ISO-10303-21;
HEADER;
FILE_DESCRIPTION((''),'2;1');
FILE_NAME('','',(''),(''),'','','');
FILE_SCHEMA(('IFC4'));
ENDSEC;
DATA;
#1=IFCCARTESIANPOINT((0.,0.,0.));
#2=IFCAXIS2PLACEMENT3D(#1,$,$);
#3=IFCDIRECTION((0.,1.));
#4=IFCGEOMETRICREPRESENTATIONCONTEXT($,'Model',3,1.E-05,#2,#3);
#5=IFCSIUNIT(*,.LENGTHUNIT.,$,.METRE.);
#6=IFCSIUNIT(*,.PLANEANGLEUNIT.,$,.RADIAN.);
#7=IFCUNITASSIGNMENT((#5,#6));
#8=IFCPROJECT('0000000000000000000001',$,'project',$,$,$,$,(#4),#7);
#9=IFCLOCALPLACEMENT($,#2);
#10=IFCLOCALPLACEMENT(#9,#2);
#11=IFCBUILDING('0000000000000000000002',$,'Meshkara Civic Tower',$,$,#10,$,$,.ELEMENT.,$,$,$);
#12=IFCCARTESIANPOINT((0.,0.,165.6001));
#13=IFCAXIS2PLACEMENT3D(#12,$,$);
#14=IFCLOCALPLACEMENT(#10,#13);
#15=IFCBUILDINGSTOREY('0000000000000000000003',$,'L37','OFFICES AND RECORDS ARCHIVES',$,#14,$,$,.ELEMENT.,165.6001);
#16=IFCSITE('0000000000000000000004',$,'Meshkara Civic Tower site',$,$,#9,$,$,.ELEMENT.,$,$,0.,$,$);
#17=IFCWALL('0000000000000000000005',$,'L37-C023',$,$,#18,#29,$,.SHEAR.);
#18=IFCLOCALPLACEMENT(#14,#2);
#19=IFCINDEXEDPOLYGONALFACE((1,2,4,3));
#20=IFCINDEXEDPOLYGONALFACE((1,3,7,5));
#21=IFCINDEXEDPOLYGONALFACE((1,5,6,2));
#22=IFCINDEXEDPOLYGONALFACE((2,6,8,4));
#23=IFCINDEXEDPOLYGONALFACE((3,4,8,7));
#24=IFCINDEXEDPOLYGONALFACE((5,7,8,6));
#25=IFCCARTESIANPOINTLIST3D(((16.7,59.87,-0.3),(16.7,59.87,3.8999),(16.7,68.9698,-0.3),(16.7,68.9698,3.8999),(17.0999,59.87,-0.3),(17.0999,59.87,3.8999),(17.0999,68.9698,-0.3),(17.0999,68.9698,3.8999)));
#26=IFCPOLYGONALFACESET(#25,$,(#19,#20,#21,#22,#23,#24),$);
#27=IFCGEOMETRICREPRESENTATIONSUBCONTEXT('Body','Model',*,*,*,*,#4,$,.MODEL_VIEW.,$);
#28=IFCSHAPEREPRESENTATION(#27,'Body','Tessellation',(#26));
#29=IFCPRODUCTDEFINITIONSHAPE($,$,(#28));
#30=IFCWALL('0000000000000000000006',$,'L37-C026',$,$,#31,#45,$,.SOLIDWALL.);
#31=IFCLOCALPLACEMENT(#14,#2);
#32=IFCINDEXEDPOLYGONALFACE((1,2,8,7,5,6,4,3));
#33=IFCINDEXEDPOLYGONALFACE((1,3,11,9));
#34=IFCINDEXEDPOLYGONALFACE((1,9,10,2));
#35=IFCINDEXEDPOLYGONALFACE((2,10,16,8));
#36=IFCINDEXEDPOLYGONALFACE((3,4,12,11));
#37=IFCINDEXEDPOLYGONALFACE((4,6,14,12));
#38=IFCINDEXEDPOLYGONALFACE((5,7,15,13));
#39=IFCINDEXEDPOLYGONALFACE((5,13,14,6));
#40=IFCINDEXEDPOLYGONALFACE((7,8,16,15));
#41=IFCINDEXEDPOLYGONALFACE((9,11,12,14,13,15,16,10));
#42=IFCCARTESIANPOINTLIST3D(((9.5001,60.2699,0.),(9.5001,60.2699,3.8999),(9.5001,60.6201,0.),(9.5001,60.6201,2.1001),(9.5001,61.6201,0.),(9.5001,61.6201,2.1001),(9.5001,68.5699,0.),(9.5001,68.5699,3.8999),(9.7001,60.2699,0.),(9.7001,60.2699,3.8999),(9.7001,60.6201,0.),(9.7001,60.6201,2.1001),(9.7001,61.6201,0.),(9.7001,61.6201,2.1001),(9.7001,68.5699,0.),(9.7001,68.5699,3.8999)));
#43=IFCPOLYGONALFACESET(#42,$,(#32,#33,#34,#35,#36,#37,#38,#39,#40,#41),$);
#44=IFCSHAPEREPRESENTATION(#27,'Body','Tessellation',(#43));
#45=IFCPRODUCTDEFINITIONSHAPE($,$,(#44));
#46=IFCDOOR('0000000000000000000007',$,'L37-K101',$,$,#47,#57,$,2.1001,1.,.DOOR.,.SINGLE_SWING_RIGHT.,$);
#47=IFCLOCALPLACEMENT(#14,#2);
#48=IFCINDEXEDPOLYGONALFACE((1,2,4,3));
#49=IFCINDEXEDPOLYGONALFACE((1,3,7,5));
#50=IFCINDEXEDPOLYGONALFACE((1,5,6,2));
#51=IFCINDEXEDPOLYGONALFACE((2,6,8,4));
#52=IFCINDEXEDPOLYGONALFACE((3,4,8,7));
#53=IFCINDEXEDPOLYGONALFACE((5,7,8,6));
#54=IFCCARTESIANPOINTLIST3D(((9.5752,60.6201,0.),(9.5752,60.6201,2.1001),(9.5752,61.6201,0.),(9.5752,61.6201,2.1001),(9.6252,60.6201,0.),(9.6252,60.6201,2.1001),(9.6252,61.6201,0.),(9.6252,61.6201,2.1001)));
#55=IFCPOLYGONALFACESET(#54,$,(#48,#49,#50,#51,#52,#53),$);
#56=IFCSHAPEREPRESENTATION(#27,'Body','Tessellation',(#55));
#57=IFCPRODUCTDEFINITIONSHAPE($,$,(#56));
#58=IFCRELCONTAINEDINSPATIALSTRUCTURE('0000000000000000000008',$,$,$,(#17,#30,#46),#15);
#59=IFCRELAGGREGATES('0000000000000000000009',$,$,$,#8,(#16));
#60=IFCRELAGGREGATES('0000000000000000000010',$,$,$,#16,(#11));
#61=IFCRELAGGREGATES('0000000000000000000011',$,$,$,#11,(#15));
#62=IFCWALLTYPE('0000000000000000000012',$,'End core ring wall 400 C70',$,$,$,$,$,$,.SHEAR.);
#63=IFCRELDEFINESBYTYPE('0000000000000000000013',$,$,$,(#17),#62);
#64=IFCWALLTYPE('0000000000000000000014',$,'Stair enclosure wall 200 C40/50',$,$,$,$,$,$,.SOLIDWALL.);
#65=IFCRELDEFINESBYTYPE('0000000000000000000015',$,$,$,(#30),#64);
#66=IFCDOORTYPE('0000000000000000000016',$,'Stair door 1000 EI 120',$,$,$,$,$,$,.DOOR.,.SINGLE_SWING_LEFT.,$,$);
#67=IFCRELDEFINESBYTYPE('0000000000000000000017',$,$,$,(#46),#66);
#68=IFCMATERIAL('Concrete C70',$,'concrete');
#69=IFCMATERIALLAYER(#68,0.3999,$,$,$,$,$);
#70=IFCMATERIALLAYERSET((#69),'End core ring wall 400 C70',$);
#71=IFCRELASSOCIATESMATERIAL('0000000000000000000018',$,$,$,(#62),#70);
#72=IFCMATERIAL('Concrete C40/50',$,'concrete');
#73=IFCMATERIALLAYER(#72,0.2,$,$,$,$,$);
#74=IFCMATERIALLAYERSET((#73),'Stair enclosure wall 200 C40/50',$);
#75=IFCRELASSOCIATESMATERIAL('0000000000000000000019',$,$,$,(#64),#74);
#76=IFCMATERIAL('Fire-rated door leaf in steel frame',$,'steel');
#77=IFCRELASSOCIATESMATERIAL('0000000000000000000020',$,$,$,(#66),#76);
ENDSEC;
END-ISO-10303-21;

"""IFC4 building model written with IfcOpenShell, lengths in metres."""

from ifc_helpers import new_model, si_unit, direction, frame, frame_2d, origin, place, context, subcontext, project, spatial, rectangle, extrude, material, layer, layer_set, type_object, element, fill, save


model = new_model("IFC4")

# Units and contexts
model_context = context("Model", 3, precision=1e-05, world=origin(), true_north=direction((0.0, 1.0)))
body_context = subcontext(model_context, "Body", "Model", "MODEL_VIEW")
ifc_project = project(units=[si_unit("LENGTHUNIT", "METRE"), si_unit("PLANEANGLEUNIT", "RADIAN")], contexts=[model_context])

# Site, building, storey
site_placement = place(None, origin())
site = spatial("IfcSite", under=ifc_project, at=site_placement, Name="Meshkara Civic Tower site", CompositionType="ELEMENT", RefElevation=0.0)
building_placement = place(site_placement, origin())
building = spatial("IfcBuilding", under=site, at=building_placement, Name="Meshkara Civic Tower", CompositionType="ELEMENT")
storey_placement = place(building_placement, frame((0.0, 0.0, 165.6001)))
storey = spatial("IfcBuildingStorey", under=building, at=storey_placement, Name="L37", Description="OFFICES AND RECORDS ARCHIVES", CompositionType="ELEMENT", Elevation=165.6001)

# Wall
ifc_material_1 = material(Name="Concrete C70", Category="concrete")
ifc_layer_1 = layer(ifc_material_1, 0.3999)
ifc_layer_set_1 = layer_set([ifc_layer_1], Name="End core ring wall 400 C70")
wall_type_1 = type_object("IfcWallType", Name="End core ring wall 400 C70", PredefinedType="SHEAR", material=ifc_layer_set_1)
wall_1_placement = place(storey_placement, frame((16.8999, 59.8701, -0.3), z_axis=(0.0, 0.0, 1.0), x_axis=(0.0, 1.0, 0.0)))
element("IfcWall", 1, at=wall_1_placement, inside=storey, type_object=wall_type_1, Name="L37-C023", PredefinedType="SHEAR", context=body_context, shape_type="SweptSolid", body=[
    extrude(rectangle(XDim=9.0999, YDim=0.3999, at=frame_2d((4.5498, 0.0))), origin(), (0.0, 0.0, 1.0), 4.2),
])

# Wall, opening, door
ifc_material_2 = material(Name="Concrete C40/50", Category="concrete")
ifc_layer_2 = layer(ifc_material_2, 0.2)
ifc_layer_set_2 = layer_set([ifc_layer_2], Name="Stair enclosure wall 200 C40/50")
wall_type_2 = type_object("IfcWallType", Name="Stair enclosure wall 200 C40/50", PredefinedType="SOLIDWALL", material=ifc_layer_set_2)
wall_2_placement = place(storey_placement, frame((9.6001, 60.27, 0.0), z_axis=(0.0, 0.0, 1.0), x_axis=(0.0, 1.0, 0.0)))
wall_2 = element("IfcWall", 2, at=wall_2_placement, inside=storey, type_object=wall_type_2, Name="L37-C026", PredefinedType="SOLIDWALL", context=body_context, shape_type="SweptSolid", body=[
    extrude(rectangle(XDim=8.3, YDim=0.2, at=frame_2d((4.1499, 0.0))), origin(), (0.0, 0.0, 1.0), 3.8999),
])
opening_1_placement = place(wall_2_placement, frame((0.3501, 0.0, 0.0)))
opening_1 = element("IfcOpeningElement", 3, at=opening_1_placement, cuts=wall_2, PredefinedType="OPENING", context=body_context, shape_type="SweptSolid", body=[
    extrude(rectangle(XDim=1.0, YDim=2.1001, at=frame_2d((0.5, 1.05))), frame((0.0, 0.1099, 0.0), z_axis=(0.0, -1.0, 0.0), x_axis=(1.0, 0.0, 0.0)), (0.0, 0.0, 1.0), 0.22),
])
ifc_material_3 = material(Name="Fire-rated door leaf in steel frame", Category="steel")
door_type_1 = type_object("IfcDoorType", Name="Stair door 1000 EI 120", OperationType="SINGLE_SWING_LEFT", PredefinedType="DOOR", material=ifc_material_3)
door_1_placement = place(opening_1_placement, origin())
door_1 = element("IfcDoor", 4, at=door_1_placement, inside=storey, type_object=door_type_1, Name="L37-K101", OperationType="SINGLE_SWING_RIGHT", OverallHeight=2.1001, OverallWidth=1.0, PredefinedType="DOOR", context=body_context, shape_type="SweptSolid", body=[
    extrude(rectangle(XDim=1.0, YDim=2.1001, at=frame_2d((0.5, 1.05))), frame((0.0, 0.0249, 0.0), z_axis=(0.0, -1.0, 0.0), x_axis=(1.0, 0.0, 0.0)), (0.0, 0.0, 1.0), 0.05),
])
fill(opening_1, door_1)

save(model, "model.ifc")
